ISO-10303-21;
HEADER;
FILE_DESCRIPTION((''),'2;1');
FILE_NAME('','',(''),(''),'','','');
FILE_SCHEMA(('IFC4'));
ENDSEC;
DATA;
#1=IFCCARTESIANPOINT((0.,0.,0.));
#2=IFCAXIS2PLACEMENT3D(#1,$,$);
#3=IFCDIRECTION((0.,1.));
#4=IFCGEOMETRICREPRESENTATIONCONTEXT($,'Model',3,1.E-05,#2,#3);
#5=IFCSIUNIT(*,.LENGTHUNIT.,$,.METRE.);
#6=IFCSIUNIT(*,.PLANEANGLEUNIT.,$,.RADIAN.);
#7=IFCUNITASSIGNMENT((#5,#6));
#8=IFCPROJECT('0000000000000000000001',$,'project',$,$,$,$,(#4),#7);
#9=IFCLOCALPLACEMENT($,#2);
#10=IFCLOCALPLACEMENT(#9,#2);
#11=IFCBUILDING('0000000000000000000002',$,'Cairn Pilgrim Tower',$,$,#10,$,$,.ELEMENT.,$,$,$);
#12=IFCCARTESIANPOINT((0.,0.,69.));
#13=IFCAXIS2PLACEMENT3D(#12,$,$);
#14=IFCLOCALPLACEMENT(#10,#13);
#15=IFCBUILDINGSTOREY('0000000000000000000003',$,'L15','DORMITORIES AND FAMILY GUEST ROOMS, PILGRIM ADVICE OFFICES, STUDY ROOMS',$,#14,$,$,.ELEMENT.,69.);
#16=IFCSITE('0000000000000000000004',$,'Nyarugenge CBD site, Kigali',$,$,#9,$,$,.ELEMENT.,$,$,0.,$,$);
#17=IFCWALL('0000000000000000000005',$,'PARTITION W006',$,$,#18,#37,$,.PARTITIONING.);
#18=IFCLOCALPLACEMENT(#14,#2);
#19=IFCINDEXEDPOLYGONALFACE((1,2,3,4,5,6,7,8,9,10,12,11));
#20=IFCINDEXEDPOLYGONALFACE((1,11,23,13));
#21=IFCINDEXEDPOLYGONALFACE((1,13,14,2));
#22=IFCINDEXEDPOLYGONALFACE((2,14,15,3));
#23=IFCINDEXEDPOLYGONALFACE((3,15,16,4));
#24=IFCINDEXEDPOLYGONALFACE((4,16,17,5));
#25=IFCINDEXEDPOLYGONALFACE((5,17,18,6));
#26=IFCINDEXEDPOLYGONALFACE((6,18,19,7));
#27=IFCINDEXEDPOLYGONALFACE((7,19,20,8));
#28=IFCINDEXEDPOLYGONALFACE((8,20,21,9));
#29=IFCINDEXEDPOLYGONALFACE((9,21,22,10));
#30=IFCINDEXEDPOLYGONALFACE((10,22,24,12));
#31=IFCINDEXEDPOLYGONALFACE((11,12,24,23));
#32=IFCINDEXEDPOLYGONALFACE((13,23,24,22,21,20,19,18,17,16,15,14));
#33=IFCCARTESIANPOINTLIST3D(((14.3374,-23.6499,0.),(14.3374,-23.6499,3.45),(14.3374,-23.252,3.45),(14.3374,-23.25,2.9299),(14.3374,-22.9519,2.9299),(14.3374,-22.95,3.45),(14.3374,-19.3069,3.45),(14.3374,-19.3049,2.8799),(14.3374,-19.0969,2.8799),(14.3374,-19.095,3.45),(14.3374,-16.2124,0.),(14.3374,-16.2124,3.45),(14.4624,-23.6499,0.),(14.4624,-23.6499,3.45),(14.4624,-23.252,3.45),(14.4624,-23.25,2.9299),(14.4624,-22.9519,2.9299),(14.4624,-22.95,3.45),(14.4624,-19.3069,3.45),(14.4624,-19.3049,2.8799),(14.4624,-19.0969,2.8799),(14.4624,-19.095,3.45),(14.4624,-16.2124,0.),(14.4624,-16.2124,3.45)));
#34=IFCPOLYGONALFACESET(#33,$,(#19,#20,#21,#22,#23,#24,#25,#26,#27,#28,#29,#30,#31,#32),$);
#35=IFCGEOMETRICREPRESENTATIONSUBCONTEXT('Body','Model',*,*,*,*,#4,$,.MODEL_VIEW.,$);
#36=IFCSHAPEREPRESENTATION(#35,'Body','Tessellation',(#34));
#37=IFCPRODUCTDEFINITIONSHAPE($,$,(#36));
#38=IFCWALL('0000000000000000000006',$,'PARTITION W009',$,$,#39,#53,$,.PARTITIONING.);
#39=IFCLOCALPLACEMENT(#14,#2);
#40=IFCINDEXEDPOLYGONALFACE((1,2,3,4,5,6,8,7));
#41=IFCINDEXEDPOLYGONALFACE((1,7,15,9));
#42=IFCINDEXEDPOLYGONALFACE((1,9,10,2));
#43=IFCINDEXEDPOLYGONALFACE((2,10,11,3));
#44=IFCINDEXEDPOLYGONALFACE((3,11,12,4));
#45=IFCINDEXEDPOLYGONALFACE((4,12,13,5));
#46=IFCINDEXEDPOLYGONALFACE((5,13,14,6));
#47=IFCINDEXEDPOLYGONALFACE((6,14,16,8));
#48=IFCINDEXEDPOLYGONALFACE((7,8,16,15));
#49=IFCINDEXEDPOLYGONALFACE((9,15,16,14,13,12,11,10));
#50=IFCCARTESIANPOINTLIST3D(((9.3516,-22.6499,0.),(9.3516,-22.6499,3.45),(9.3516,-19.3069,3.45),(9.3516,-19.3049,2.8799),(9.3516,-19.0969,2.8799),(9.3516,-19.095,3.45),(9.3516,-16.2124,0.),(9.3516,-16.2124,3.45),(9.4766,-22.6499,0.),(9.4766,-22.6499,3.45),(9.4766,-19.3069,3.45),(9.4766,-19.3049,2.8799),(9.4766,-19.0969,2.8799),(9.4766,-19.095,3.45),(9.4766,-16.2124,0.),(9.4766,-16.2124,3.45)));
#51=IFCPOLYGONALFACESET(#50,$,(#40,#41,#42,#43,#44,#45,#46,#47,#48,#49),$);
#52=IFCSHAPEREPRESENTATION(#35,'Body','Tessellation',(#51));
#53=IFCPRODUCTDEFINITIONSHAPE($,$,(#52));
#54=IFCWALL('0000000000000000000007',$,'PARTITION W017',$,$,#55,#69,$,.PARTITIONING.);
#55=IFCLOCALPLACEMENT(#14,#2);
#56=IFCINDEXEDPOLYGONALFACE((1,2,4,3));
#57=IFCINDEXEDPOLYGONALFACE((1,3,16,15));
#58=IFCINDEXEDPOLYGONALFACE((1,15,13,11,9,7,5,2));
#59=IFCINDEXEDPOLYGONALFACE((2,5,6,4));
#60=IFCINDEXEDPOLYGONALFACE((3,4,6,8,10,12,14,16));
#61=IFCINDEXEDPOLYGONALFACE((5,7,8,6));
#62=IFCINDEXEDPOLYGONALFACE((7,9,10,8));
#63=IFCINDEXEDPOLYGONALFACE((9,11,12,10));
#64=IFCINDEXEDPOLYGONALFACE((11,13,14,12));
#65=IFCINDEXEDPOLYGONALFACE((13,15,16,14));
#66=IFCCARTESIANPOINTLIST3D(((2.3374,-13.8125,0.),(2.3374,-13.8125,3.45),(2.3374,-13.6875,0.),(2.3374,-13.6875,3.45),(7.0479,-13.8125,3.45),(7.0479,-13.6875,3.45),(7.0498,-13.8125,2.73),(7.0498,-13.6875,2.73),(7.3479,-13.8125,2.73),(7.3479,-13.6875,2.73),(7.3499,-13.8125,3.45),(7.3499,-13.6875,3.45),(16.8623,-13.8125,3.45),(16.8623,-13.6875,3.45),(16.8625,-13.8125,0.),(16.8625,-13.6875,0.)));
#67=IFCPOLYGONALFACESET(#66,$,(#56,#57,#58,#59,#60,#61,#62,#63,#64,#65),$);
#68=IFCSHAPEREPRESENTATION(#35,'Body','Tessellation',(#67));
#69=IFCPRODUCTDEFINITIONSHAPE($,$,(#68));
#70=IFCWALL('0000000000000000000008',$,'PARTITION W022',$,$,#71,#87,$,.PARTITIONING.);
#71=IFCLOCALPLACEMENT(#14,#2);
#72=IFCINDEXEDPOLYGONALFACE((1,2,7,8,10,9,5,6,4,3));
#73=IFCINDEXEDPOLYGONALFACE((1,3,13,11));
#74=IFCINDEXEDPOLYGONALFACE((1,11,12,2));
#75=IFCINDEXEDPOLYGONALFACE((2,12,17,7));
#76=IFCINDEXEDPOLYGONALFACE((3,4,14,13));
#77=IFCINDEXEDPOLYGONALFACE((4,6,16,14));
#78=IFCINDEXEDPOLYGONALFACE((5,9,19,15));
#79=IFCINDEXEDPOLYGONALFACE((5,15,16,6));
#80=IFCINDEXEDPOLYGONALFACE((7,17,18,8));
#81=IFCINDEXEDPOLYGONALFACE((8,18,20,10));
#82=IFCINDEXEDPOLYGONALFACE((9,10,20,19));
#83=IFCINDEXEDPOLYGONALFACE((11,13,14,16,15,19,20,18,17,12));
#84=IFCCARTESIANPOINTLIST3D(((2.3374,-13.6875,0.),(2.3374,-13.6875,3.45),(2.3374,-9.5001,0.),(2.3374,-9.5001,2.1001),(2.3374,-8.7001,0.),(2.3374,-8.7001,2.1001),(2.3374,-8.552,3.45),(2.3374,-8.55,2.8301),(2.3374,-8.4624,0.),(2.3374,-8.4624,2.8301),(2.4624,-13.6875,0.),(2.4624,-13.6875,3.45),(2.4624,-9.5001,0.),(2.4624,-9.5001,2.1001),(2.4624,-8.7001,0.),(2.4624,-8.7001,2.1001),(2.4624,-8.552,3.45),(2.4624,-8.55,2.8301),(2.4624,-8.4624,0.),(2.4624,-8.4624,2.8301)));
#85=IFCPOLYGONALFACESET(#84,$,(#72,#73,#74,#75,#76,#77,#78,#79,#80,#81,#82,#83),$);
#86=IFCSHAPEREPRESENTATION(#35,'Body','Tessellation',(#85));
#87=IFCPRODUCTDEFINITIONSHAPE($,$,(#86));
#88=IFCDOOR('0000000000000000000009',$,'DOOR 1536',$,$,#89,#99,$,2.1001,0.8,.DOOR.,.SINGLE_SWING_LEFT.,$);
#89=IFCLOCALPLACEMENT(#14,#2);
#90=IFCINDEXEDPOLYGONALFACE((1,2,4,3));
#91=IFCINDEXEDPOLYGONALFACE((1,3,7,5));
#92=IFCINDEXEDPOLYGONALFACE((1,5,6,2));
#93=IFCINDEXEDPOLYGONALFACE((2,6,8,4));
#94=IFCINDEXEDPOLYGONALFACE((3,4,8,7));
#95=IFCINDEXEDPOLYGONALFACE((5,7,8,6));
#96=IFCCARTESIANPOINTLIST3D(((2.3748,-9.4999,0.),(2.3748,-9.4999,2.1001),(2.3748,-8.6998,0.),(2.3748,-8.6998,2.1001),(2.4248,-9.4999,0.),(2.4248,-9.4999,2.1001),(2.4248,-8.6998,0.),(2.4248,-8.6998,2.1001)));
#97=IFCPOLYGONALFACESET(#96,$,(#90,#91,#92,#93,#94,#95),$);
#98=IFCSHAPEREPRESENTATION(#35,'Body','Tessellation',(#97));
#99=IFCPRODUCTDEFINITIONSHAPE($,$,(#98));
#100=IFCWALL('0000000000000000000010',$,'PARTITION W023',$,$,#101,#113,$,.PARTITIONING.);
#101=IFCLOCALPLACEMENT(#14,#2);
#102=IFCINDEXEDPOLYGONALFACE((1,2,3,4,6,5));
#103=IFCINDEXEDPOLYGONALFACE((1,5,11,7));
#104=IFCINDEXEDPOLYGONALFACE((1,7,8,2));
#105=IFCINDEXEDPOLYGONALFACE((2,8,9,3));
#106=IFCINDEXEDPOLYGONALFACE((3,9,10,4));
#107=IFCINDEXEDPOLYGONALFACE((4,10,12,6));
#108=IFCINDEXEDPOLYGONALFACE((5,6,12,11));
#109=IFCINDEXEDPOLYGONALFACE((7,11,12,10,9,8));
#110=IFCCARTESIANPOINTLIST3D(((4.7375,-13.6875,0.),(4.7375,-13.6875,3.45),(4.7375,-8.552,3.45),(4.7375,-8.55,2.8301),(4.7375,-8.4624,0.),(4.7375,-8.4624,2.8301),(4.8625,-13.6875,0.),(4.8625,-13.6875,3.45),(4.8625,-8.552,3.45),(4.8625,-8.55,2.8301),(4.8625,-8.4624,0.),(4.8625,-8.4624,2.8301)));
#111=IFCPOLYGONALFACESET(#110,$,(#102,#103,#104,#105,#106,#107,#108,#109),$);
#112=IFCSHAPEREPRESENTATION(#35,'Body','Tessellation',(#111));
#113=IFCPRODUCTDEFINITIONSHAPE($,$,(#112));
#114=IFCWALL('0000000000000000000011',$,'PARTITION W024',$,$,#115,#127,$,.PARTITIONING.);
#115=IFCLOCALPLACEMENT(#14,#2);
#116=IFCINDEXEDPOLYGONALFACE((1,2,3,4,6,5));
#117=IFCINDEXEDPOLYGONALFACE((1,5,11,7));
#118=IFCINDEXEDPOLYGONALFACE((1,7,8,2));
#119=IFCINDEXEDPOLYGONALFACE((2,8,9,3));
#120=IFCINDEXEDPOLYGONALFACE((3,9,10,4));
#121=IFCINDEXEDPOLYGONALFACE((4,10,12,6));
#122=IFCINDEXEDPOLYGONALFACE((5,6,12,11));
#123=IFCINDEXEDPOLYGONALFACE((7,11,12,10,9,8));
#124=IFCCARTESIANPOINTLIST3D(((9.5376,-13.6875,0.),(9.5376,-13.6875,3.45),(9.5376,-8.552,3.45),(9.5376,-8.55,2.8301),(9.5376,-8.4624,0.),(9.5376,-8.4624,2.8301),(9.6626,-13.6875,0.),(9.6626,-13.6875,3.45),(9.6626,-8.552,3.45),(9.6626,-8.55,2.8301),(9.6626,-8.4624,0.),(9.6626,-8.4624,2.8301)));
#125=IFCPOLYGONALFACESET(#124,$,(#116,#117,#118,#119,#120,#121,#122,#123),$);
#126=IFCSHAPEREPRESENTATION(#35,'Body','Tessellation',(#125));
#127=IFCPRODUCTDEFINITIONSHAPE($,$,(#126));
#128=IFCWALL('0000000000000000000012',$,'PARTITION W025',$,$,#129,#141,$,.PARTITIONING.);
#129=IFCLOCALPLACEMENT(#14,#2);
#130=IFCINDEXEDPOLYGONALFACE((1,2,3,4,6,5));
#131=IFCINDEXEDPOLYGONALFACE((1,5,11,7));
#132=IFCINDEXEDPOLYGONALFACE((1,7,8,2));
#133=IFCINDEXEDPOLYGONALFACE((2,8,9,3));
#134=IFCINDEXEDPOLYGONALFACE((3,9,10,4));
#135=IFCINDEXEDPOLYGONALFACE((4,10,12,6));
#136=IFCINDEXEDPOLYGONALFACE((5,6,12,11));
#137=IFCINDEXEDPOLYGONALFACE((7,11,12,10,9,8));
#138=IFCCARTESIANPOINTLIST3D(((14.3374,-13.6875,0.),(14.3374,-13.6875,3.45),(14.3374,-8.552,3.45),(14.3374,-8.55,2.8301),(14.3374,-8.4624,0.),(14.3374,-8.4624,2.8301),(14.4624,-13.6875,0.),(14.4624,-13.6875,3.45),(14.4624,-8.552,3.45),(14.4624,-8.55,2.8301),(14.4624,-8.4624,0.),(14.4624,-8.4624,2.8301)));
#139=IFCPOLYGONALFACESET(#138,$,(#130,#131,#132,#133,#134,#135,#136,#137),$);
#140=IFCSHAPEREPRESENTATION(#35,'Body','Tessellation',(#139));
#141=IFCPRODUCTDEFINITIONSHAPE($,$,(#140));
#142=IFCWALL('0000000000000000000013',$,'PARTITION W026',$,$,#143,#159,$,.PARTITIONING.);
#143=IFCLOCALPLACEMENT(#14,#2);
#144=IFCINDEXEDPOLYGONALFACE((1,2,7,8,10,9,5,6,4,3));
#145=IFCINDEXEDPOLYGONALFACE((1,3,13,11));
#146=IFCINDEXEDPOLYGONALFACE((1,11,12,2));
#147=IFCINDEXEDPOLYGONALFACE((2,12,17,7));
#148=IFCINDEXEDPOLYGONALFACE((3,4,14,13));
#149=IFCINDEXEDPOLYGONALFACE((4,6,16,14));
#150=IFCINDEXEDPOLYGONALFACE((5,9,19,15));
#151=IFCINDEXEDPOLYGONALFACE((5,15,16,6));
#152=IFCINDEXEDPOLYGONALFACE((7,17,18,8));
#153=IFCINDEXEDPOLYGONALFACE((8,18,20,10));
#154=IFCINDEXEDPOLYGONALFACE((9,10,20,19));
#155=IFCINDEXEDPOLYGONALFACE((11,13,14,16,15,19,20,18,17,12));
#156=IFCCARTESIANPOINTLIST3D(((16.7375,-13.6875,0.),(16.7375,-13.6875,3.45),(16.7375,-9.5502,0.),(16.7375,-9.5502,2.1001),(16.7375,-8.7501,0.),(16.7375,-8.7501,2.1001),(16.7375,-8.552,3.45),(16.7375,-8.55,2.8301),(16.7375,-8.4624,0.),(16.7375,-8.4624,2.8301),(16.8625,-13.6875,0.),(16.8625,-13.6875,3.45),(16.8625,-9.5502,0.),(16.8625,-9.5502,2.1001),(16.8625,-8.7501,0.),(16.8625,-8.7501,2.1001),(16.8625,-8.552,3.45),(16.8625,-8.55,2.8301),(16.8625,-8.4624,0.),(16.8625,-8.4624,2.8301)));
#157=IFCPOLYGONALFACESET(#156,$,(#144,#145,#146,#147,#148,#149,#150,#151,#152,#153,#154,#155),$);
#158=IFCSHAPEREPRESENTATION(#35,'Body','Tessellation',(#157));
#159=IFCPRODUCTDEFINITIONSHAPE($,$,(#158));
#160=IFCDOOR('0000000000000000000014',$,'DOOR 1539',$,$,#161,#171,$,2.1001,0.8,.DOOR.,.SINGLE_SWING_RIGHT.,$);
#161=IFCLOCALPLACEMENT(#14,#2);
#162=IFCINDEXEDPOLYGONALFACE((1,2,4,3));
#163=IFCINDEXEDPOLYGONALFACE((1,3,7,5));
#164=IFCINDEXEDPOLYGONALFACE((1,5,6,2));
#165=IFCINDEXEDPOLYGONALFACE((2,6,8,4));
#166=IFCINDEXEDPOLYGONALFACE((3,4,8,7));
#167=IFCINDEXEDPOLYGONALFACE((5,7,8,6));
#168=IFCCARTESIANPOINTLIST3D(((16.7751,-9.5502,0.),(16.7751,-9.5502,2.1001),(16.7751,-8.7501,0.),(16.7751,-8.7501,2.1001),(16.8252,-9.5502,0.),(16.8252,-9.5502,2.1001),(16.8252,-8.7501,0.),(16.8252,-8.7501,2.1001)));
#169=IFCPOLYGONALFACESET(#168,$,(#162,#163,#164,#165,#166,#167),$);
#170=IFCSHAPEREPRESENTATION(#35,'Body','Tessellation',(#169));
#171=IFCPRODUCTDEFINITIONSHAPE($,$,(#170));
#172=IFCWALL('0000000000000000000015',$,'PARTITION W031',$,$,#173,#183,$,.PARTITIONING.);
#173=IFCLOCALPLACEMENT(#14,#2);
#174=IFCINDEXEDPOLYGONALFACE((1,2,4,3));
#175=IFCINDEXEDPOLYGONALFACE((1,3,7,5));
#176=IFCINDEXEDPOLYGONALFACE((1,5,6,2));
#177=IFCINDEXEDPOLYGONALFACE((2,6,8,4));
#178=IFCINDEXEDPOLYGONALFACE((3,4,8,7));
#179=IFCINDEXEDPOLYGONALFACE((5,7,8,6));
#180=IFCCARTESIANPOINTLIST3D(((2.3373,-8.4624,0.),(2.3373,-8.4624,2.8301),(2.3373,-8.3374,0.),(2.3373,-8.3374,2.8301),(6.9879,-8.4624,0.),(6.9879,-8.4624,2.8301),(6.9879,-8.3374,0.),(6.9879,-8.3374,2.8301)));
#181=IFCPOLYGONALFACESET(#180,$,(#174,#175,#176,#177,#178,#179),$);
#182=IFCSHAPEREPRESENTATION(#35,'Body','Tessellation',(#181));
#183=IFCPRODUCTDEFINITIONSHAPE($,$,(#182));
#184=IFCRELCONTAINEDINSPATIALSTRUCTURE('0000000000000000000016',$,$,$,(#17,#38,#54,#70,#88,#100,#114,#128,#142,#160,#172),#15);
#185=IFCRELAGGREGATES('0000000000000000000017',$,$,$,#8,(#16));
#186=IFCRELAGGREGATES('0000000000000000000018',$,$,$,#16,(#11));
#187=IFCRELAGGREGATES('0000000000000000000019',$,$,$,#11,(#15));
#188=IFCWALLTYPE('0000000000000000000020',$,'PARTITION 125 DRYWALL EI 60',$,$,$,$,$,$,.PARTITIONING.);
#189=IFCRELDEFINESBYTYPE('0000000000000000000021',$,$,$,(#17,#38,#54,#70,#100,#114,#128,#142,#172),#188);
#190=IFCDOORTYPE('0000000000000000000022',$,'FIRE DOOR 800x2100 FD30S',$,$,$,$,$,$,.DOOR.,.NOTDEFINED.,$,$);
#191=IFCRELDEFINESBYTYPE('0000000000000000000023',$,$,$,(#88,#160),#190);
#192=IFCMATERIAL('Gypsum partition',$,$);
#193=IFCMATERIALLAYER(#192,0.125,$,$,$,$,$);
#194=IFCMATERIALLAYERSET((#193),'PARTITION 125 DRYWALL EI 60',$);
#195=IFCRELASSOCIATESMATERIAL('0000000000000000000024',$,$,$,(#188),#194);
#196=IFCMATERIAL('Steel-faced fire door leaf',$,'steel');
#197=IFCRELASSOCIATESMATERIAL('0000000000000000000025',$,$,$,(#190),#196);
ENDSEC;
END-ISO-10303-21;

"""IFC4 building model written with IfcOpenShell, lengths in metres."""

from ifc_helpers import new_model, si_unit, direction, frame, frame_2d, origin, place, context, subcontext, project, spatial, polyline, rectangle, outline, extrude, material, layer, layer_set, type_object, element, fill, save


model = new_model("IFC4")

# Units and contexts
model_context = context("Model", 3, precision=1e-05, world=origin(), true_north=direction((0.0, 1.0)))
body_context = subcontext(model_context, "Body", "Model", "MODEL_VIEW")
ifc_project = project(units=[si_unit("LENGTHUNIT", "METRE"), si_unit("PLANEANGLEUNIT", "RADIAN")], contexts=[model_context])

# Site, building, storey
site_placement = place(None, origin())
site = spatial("IfcSite", under=ifc_project, at=site_placement, Name="Nyarugenge CBD site, Kigali", CompositionType="ELEMENT", RefElevation=0.0)
building_placement = place(site_placement, origin())
building = spatial("IfcBuilding", under=site, at=building_placement, Name="Cairn Pilgrim Tower", CompositionType="ELEMENT")
storey_placement = place(building_placement, frame((0.0, 0.0, 69.0)))
storey = spatial("IfcBuildingStorey", under=building, at=storey_placement, Name="L15", Description="DORMITORIES AND FAMILY GUEST ROOMS, PILGRIM ADVICE OFFICES, STUDY ROOMS", CompositionType="ELEMENT", Elevation=69.0)

# Walls
ifc_material_1 = material(Name="Gypsum partition")
ifc_layer_1 = layer(ifc_material_1, 0.125)
ifc_layer_set_1 = layer_set([ifc_layer_1], Name="PARTITION 125 DRYWALL EI 60")
wall_type_1 = type_object("IfcWallType", Name="PARTITION 125 DRYWALL EI 60", PredefinedType="PARTITIONING", material=ifc_layer_set_1)
wall_1_placement = place(storey_placement, frame((14.3999, -23.6499, 0.0), z_axis=(0.0, 0.0, 1.0), x_axis=(0.0, 1.0, 0.0)))
element("IfcWall", 1, at=wall_1_placement, inside=storey, type_object=wall_type_1, Name="PARTITION W006", PredefinedType="PARTITIONING", context=body_context, shape_type="SweptSolid", body=[
    extrude(outline(polyline([(0.0, 0.0), (7.4375, 0.0), (7.4375, 3.45), (4.5549, 3.45), (4.553, 2.8799), (4.345, 2.8799), (4.343, 3.45), (0.7, 3.45), (0.698, 2.9299), (0.3999, 2.9299), (0.3979, 3.45), (0.0, 3.45), (0.0, 0.0)])), frame((0.0, 0.0625, 0.0), z_axis=(0.0, -1.0, 0.0), x_axis=(1.0, 0.0, 0.0)), (0.0, 0.0, 1.0), 0.125),
])
wall_2_placement = place(storey_placement, frame((9.4141, -22.6499, 0.0), z_axis=(0.0, 0.0, 1.0), x_axis=(0.0, 1.0, 0.0)))
element("IfcWall", 2, at=wall_2_placement, inside=storey, type_object=wall_type_1, Name="PARTITION W009", PredefinedType="PARTITIONING", context=body_context, shape_type="SweptSolid", body=[
    extrude(outline(polyline([(0.0, 0.0), (6.4375, 0.0), (6.4375, 3.45), (3.5549, 3.45), (3.553, 2.8799), (3.345, 2.8799), (3.343, 3.45), (0.0, 3.45), (0.0, 0.0)])), frame((0.0, 0.0625, 0.0), z_axis=(0.0, -1.0, 0.0), x_axis=(1.0, 0.0, 0.0)), (0.0, 0.0, 1.0), 0.125),
])
wall_3_placement = place(storey_placement, frame((2.3374, -13.75, 0.0), z_axis=(0.0, 0.0, 1.0), x_axis=(1.0, 0.0, 0.0)))
element("IfcWall", 3, at=wall_3_placement, inside=storey, type_object=wall_type_1, Name="PARTITION W017", PredefinedType="PARTITIONING", context=body_context, shape_type="SweptSolid", body=[
    extrude(outline(polyline([(0.0, 0.0), (14.5251, 0.0), (14.5249, 3.45), (5.0125, 3.45), (5.0105, 2.73), (4.7124, 2.73), (4.7104, 3.45), (0.0, 3.45), (0.0, 0.0)])), frame((0.0, 0.0625, 0.0), z_axis=(0.0, -1.0, 0.0), x_axis=(1.0, 0.0, 0.0)), (0.0, 0.0, 1.0), 0.125),
])

# Wall, opening, door
wall_4_placement = place(storey_placement, frame((2.3999, -13.6875, 0.0), z_axis=(0.0, 0.0, 1.0), x_axis=(0.0, 1.0, 0.0)))
wall_4 = element("IfcWall", 4, at=wall_4_placement, inside=storey, type_object=wall_type_1, Name="PARTITION W022", PredefinedType="PARTITIONING", context=body_context, shape_type="SweptSolid", body=[
    extrude(outline(polyline([(0.0, 0.0), (5.2251, 0.0), (5.2251, 2.8301), (5.1375, 2.8301), (5.1355, 3.45), (0.0, 3.45), (0.0, 0.0)])), frame((0.0, 0.0625, 0.0), z_axis=(0.0, -1.0, 0.0), x_axis=(1.0, 0.0, 0.0)), (0.0, 0.0, 1.0), 0.125),
])
opening_1_placement = place(wall_4_placement, frame((4.1875, 0.0, 0.0)))
opening_1 = element("IfcOpeningElement", 5, at=opening_1_placement, cuts=wall_4, PredefinedType="OPENING", context=body_context, shape_type="SweptSolid", body=[
    extrude(rectangle(XDim=0.8, YDim=2.1001, at=frame_2d((0.3999, 1.05))), frame((0.0, 0.0725, 0.0), z_axis=(0.0, -1.0, 0.0), x_axis=(1.0, 0.0, 0.0)), (0.0, 0.0, 1.0), 0.145),
])
ifc_material_2 = material(Name="Steel-faced fire door leaf", Category="steel")
door_type_1 = type_object("IfcDoorType", Name="FIRE DOOR 800x2100 FD30S", OperationType="NOTDEFINED", PredefinedType="DOOR", material=ifc_material_2)
door_1_placement = place(opening_1_placement, frame((0.8, 0.0, 0.0), z_axis=(0.0, 0.0, 1.0), x_axis=(-1.0, 0.0, 0.0)))
door_1 = element("IfcDoor", 6, at=door_1_placement, inside=storey, type_object=door_type_1, Name="DOOR 1536", OperationType="SINGLE_SWING_LEFT", OverallHeight=2.1001, OverallWidth=0.8, PredefinedType="DOOR", context=body_context, shape_type="SweptSolid", body=[
    extrude(rectangle(XDim=0.8, YDim=2.1001, at=frame_2d((0.3999, 1.05))), frame((0.0, 0.0249, 0.0), z_axis=(0.0, -1.0, 0.0), x_axis=(1.0, 0.0, 0.0)), (0.0, 0.0, 1.0), 0.05),
])
fill(opening_1, door_1)

# Walls
for number, where, z_axis, x_axis, name in (
    (7, (4.8, -13.6875, 0.0), (0.0, 0.0, 1.0), (0.0, 1.0, 0.0), "PARTITION W023"),
    (8, (9.6001, -13.6875, 0.0), (0.0, 0.0, 1.0), (0.0, 1.0, 0.0), "PARTITION W024"),
    (9, (14.3999, -13.6875, 0.0), (0.0, 0.0, 1.0), (0.0, 1.0, 0.0), "PARTITION W025"),
):
    element("IfcWall", number, at=place(storey_placement, frame(where, z_axis=z_axis, x_axis=x_axis)), inside=storey, type_object=wall_type_1, Name=name, PredefinedType="PARTITIONING", context=body_context, shape_type="SweptSolid", body=[
        extrude(outline(polyline([(0.0, 0.0), (5.2251, 0.0), (5.2251, 2.8301), (5.1375, 2.8301), (5.1355, 3.45), (0.0, 3.45), (0.0, 0.0)])), frame((0.0, 0.0625, 0.0), z_axis=(0.0, -1.0, 0.0), x_axis=(1.0, 0.0, 0.0)), (0.0, 0.0, 1.0), 0.125),
    ])

# Wall, opening, door
wall_5_placement = place(storey_placement, frame((16.8, -13.6875, 0.0), z_axis=(0.0, 0.0, 1.0), x_axis=(0.0, 1.0, 0.0)))
wall_5 = element("IfcWall", 10, at=wall_5_placement, inside=storey, type_object=wall_type_1, Name="PARTITION W026", PredefinedType="PARTITIONING", context=body_context, shape_type="SweptSolid", body=[
    extrude(outline(polyline([(0.0, 0.0), (5.2251, 0.0), (5.2251, 2.8301), (5.1375, 2.8301), (5.1355, 3.45), (0.0, 3.45), (0.0, 0.0)])), frame((0.0, 0.0625, 0.0), z_axis=(0.0, -1.0, 0.0), x_axis=(1.0, 0.0, 0.0)), (0.0, 0.0, 1.0), 0.125),
])
opening_2_placement = place(wall_5_placement, frame((4.1375, 0.0, 0.0)))
opening_2 = element("IfcOpeningElement", 11, at=opening_2_placement, cuts=wall_5, PredefinedType="OPENING", context=body_context, shape_type="SweptSolid", body=[
    extrude(rectangle(XDim=0.8, YDim=2.1001, at=frame_2d((0.3999, 1.05))), frame((0.0, 0.0725, 0.0), z_axis=(0.0, -1.0, 0.0), x_axis=(1.0, 0.0, 0.0)), (0.0, 0.0, 1.0), 0.145),
])
door_2_placement = place(opening_2_placement, origin())
door_2 = element("IfcDoor", 12, at=door_2_placement, inside=storey, type_object=door_type_1, Name="DOOR 1539", OperationType="SINGLE_SWING_RIGHT", OverallHeight=2.1001, OverallWidth=0.8, PredefinedType="DOOR", context=body_context, shape_type="SweptSolid", body=[
    extrude(rectangle(XDim=0.8, YDim=2.1001, at=frame_2d((0.3999, 1.05))), frame((0.0, 0.0249, 0.0), z_axis=(0.0, -1.0, 0.0), x_axis=(1.0, 0.0, 0.0)), (0.0, 0.0, 1.0), 0.05),
])
fill(opening_2, door_2)

# Wall
wall_6_placement = place(storey_placement, frame((2.3374, -8.3999, 0.0), z_axis=(0.0, 0.0, 1.0), x_axis=(1.0, 0.0, 0.0)))
element("IfcWall", 13, at=wall_6_placement, inside=storey, type_object=wall_type_1, Name="PARTITION W031", PredefinedType="PARTITIONING", context=body_context, shape_type="SweptSolid", body=[
    extrude(rectangle(XDim=4.6506, YDim=0.125, at=frame_2d((2.3252, 0.0))), origin(), (0.0, 0.0, 1.0), 2.8301),
])

save(model, "model.ifc")
